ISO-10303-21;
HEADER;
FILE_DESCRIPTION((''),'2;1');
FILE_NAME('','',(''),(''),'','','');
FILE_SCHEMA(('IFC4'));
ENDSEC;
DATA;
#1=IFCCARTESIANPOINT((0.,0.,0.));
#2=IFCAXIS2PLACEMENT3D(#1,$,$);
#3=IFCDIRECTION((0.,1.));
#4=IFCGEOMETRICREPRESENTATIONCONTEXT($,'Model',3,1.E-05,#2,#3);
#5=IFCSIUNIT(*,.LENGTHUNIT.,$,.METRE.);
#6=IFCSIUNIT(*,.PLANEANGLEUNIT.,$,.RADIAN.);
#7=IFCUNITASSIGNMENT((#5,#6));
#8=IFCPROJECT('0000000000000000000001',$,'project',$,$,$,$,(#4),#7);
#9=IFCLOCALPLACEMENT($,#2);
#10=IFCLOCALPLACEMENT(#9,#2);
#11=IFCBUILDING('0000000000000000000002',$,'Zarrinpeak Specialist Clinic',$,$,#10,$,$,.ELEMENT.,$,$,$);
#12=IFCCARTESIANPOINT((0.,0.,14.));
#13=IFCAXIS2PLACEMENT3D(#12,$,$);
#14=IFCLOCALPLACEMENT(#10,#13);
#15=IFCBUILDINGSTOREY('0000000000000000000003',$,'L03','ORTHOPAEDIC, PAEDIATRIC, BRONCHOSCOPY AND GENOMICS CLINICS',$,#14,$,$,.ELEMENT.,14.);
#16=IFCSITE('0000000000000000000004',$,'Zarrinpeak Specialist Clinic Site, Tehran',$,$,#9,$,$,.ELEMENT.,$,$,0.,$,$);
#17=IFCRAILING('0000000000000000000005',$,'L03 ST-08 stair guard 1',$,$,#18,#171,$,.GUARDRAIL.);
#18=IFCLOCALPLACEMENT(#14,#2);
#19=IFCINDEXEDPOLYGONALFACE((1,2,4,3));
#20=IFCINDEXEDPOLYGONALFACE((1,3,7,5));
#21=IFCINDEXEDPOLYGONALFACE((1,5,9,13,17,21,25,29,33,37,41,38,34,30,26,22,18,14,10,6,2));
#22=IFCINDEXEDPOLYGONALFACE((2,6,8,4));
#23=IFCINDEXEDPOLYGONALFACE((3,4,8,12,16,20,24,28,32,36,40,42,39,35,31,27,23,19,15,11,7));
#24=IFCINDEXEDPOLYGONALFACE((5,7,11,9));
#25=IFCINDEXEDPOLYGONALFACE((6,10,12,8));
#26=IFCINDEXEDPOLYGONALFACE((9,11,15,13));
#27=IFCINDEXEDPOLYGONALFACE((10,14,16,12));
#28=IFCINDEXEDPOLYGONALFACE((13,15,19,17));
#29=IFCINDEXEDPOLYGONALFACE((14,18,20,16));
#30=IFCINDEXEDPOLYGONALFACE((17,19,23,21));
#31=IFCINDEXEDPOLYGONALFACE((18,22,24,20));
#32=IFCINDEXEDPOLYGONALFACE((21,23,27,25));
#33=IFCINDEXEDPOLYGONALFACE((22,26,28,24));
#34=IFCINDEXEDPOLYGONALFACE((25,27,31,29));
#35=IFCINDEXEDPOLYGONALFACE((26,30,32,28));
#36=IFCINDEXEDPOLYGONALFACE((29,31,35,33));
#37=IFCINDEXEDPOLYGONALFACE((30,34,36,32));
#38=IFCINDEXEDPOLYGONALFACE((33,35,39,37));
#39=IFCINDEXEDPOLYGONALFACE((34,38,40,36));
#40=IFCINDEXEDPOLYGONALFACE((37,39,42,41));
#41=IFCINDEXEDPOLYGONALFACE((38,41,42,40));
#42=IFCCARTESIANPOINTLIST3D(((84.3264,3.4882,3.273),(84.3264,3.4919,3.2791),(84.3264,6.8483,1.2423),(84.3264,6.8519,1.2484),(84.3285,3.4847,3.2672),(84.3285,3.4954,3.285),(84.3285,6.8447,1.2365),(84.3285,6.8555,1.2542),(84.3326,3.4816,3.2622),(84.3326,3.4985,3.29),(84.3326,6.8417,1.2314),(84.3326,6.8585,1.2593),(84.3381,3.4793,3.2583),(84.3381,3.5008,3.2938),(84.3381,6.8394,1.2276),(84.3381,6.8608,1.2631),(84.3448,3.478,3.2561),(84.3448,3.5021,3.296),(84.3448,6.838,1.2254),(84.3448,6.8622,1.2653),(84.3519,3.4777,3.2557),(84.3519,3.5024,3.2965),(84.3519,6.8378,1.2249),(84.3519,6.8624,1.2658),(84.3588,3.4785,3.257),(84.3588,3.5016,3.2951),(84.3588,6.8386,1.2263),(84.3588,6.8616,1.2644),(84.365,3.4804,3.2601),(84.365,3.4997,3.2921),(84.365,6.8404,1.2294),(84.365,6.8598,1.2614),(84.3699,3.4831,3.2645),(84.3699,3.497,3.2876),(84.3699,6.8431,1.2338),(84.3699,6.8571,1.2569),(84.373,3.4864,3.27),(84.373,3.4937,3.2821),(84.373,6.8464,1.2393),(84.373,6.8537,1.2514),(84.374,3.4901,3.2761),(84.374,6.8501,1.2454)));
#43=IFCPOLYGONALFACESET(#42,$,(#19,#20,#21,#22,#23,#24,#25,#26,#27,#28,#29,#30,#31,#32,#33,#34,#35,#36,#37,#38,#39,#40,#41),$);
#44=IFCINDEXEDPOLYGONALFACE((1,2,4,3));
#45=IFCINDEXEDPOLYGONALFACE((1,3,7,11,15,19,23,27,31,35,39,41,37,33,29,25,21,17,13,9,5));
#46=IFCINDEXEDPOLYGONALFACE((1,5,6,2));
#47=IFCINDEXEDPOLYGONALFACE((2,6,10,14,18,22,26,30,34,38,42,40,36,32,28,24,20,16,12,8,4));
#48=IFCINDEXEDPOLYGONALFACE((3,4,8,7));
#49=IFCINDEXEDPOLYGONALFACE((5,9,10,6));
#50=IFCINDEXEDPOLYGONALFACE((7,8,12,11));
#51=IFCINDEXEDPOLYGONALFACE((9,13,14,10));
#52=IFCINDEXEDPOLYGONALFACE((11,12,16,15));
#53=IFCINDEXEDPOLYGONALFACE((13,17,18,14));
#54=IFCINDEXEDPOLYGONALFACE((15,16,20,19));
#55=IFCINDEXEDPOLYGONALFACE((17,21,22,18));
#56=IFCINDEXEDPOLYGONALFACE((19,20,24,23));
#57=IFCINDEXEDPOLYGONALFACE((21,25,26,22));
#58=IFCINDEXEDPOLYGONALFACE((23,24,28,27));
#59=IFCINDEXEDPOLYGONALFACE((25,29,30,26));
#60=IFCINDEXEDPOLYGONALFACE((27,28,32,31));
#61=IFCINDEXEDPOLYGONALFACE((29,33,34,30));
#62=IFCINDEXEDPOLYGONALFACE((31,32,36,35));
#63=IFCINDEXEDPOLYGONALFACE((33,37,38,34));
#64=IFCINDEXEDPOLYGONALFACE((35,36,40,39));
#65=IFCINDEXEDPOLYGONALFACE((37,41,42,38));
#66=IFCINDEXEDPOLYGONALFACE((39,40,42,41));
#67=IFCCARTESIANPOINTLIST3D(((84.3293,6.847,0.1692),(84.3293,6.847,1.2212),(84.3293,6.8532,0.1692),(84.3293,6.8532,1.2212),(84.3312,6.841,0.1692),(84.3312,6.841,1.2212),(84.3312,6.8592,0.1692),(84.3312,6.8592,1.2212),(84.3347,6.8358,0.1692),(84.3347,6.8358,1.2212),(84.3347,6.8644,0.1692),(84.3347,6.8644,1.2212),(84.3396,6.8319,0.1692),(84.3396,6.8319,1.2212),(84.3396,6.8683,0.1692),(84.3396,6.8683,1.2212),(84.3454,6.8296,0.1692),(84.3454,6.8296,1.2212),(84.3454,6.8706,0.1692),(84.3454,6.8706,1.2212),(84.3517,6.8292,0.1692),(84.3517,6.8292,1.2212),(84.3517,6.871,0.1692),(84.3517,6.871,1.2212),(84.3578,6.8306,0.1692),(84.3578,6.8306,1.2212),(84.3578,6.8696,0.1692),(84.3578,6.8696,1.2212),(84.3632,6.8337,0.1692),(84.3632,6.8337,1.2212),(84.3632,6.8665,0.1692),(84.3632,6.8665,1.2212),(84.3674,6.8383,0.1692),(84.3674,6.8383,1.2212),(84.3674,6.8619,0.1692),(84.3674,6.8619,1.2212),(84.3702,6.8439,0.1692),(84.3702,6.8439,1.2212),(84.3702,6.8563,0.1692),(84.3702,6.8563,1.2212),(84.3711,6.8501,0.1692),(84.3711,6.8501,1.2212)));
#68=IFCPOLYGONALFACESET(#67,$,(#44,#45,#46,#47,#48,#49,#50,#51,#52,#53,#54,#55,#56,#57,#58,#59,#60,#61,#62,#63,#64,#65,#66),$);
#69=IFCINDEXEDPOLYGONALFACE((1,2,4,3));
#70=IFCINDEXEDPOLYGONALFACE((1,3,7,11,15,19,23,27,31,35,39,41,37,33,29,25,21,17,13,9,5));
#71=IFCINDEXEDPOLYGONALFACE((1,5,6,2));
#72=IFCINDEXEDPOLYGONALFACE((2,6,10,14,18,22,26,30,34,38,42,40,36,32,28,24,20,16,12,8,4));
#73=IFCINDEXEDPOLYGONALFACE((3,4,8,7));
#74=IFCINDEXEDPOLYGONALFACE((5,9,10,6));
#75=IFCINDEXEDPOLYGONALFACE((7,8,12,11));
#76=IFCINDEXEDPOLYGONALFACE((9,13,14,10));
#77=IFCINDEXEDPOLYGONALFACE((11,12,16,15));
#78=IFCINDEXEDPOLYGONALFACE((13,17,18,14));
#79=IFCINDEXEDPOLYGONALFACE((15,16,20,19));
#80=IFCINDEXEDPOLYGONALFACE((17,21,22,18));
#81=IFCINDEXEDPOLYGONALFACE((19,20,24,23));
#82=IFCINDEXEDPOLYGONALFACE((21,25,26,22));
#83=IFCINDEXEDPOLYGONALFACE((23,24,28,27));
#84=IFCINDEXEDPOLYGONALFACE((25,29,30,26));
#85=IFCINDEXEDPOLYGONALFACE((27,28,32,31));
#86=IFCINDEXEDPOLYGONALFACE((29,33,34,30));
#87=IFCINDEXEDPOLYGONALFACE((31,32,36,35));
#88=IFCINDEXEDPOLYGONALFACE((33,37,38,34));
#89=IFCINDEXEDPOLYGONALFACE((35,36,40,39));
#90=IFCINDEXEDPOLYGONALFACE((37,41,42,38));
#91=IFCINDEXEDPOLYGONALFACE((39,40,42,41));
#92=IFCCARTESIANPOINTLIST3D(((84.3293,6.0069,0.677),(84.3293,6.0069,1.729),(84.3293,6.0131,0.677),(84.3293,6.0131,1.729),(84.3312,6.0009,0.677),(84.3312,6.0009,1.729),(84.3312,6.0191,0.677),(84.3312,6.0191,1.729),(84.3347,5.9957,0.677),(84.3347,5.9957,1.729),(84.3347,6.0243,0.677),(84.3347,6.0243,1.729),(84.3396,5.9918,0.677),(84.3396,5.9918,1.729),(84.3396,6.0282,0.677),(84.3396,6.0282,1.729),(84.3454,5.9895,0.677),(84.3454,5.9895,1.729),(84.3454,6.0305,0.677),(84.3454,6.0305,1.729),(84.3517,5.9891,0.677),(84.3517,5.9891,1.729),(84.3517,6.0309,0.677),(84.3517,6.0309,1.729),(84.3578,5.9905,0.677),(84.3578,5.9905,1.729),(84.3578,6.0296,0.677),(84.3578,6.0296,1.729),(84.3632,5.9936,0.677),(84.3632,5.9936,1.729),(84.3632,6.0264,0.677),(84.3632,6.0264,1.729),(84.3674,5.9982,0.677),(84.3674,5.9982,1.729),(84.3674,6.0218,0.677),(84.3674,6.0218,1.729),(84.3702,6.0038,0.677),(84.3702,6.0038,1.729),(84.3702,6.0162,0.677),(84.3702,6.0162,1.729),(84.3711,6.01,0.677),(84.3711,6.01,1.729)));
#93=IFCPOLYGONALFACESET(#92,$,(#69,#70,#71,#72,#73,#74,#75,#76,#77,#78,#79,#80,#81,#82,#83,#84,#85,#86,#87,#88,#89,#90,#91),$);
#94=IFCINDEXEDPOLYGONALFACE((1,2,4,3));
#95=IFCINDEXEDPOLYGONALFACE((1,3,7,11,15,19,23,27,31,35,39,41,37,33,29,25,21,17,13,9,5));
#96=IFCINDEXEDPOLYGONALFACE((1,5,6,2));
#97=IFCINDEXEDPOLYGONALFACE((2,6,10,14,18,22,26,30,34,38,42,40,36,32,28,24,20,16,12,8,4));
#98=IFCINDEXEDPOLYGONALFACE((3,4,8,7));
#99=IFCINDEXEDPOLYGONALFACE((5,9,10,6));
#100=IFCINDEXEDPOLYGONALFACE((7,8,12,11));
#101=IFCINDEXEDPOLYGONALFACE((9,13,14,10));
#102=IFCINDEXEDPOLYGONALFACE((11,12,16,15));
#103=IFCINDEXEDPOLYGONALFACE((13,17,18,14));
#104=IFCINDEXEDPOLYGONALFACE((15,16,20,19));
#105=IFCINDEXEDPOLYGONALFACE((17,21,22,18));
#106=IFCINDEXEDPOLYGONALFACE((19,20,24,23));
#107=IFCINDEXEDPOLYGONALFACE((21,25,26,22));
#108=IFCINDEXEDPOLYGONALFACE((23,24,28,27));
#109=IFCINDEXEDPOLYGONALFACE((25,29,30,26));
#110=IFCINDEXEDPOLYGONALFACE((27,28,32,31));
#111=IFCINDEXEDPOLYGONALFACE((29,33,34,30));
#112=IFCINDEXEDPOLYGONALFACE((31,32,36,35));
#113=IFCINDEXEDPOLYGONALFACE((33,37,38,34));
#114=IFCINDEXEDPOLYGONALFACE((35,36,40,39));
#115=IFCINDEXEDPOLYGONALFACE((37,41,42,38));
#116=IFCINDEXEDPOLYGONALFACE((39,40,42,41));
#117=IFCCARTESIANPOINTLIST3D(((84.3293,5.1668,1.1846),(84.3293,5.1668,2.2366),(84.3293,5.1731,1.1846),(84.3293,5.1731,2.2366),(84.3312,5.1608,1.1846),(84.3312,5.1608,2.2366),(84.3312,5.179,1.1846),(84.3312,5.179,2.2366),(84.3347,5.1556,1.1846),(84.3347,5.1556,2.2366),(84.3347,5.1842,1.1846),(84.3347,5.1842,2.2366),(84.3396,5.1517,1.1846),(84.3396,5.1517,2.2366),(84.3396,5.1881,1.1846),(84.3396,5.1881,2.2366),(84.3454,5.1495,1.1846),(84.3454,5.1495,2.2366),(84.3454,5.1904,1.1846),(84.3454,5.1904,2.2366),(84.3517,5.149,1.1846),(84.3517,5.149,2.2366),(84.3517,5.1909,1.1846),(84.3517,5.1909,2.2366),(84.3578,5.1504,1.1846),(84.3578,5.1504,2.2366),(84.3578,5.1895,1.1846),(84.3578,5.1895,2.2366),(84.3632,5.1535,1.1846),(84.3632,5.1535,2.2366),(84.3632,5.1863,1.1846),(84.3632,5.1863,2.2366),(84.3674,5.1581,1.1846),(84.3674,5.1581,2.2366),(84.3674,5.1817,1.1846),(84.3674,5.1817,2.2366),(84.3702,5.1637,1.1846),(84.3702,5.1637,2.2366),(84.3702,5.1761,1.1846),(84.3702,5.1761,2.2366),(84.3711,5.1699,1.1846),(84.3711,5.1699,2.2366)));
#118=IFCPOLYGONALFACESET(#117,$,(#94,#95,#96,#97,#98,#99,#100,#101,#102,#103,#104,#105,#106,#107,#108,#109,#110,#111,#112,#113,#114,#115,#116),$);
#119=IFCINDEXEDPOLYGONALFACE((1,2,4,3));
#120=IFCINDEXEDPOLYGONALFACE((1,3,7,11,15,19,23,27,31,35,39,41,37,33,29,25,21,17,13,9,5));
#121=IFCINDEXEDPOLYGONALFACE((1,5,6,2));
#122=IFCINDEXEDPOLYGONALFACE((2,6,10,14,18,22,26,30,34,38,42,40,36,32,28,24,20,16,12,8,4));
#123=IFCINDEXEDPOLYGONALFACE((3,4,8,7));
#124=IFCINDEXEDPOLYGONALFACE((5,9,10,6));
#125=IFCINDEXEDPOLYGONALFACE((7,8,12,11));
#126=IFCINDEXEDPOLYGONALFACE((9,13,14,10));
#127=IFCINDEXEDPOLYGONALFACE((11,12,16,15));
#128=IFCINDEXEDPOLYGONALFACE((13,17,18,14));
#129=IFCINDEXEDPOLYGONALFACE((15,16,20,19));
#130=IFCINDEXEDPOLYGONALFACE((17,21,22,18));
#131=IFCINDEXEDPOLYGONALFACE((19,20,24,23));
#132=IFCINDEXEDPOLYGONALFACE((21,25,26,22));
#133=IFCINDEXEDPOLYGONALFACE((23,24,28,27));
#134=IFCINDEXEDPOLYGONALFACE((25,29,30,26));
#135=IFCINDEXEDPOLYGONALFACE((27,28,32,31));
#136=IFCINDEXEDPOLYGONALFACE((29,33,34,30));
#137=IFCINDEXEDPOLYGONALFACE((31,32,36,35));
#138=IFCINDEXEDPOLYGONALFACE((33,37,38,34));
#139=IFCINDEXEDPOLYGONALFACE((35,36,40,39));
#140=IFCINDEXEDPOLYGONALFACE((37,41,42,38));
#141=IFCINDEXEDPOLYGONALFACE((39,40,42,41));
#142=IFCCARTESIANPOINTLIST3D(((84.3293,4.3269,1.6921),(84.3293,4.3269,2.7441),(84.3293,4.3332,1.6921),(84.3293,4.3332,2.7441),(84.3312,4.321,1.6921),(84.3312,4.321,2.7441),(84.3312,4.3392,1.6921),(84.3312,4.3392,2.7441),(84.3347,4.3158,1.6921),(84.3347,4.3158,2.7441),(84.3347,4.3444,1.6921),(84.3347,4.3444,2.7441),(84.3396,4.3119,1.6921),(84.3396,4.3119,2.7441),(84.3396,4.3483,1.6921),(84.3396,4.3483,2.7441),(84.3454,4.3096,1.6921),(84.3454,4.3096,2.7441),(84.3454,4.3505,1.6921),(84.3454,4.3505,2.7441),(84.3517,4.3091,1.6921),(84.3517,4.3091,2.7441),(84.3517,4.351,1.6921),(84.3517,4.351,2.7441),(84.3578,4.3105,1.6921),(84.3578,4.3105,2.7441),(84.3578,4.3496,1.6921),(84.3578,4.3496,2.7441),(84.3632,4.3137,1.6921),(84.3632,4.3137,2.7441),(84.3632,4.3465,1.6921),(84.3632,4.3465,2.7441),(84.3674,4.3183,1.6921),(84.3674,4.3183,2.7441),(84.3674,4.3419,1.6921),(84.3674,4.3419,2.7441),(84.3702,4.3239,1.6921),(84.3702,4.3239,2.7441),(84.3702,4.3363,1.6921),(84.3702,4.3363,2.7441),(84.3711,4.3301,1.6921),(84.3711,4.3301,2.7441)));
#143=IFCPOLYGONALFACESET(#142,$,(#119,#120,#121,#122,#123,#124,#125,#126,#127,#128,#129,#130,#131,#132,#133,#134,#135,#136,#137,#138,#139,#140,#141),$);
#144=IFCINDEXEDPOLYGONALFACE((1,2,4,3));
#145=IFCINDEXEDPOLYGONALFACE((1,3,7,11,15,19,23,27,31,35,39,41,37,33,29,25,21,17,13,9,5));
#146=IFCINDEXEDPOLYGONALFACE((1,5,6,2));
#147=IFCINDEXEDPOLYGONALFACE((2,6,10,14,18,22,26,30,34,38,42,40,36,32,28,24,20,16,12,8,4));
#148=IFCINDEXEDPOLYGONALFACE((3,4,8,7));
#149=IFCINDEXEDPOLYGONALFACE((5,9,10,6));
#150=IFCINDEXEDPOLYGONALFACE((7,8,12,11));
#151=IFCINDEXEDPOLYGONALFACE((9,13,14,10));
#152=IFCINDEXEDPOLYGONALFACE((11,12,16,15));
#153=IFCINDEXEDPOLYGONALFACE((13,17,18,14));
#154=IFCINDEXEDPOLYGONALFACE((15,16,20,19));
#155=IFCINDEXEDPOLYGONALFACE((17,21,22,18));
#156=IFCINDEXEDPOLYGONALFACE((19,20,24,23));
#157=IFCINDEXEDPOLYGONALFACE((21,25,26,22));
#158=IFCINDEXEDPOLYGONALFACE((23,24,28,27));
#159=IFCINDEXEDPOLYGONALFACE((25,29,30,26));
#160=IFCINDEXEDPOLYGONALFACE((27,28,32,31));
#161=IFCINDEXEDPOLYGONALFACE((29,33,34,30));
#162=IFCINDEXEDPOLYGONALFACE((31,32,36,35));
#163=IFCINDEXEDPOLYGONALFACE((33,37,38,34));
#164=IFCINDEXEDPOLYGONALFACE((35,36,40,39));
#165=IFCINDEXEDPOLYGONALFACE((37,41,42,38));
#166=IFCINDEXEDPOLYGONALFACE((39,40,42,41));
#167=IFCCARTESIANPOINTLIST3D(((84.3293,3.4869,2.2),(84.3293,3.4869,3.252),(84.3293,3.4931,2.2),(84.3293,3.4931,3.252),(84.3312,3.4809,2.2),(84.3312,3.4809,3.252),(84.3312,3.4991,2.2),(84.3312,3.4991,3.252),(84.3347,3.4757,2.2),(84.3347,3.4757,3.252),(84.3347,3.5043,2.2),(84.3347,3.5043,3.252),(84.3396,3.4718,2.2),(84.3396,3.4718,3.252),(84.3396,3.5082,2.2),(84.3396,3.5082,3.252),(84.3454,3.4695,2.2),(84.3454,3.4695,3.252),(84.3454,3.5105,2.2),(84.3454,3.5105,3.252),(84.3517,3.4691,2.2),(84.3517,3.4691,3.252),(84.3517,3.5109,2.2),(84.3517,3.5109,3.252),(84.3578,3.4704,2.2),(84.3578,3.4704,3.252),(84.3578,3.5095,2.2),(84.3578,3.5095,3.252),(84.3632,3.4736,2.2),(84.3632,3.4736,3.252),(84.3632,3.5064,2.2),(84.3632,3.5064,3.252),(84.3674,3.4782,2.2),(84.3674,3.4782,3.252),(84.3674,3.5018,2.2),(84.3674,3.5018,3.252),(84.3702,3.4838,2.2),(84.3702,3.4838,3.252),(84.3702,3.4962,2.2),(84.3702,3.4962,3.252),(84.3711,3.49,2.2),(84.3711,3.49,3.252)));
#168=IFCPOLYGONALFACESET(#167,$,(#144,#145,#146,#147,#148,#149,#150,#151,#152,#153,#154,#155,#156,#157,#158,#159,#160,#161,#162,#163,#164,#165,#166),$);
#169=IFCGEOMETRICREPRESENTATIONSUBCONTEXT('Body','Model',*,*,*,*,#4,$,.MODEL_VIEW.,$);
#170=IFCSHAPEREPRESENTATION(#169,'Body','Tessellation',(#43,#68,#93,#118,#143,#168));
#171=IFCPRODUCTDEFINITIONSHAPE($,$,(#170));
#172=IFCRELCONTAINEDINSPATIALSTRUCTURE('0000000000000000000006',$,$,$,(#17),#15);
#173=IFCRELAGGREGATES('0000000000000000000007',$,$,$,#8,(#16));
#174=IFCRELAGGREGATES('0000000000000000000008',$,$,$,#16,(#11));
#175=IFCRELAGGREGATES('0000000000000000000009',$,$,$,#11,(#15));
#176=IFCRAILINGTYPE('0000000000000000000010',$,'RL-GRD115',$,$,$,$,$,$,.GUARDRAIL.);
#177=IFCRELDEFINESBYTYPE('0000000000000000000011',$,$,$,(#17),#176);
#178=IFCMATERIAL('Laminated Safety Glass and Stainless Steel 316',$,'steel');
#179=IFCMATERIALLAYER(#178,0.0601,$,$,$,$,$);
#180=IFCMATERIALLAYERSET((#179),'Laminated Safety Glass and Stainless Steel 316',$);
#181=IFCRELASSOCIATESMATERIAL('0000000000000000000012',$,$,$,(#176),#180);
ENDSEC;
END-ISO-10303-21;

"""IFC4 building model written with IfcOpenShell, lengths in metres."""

from ifc_helpers import new_model, si_unit, direction, frame, origin, origin_2d, place, context, subcontext, project, spatial, circle, extrude, material, layer, layer_set, type_object, element, save


model = new_model("IFC4")

# Units and contexts
model_context = context("Model", 3, precision=1e-05, world=origin(), true_north=direction((0.0, 1.0)))
body_context = subcontext(model_context, "Body", "Model", "MODEL_VIEW")
ifc_project = project(units=[si_unit("LENGTHUNIT", "METRE"), si_unit("PLANEANGLEUNIT", "RADIAN")], contexts=[model_context])

# Site, building, storey
site_placement = place(None, origin())
site = spatial("IfcSite", under=ifc_project, at=site_placement, Name="Zarrinpeak Specialist Clinic Site, Tehran", CompositionType="ELEMENT", RefElevation=0.0)
building_placement = place(site_placement, origin())
building = spatial("IfcBuilding", under=site, at=building_placement, Name="Zarrinpeak Specialist Clinic", CompositionType="ELEMENT")
storey_placement = place(building_placement, frame((0.0, 0.0, 14.0)))
storey = spatial("IfcBuildingStorey", under=building, at=storey_placement, Name="L03", Description="ORTHOPAEDIC, PAEDIATRIC, BRONCHOSCOPY AND GENOMICS CLINICS", CompositionType="ELEMENT", Elevation=14.0)

# Railing
ifc_material_1 = material(Name="Laminated Safety Glass and Stainless Steel 316", Category="steel")
ifc_layer_1 = layer(ifc_material_1, 0.0601)
ifc_layer_set_1 = layer_set([ifc_layer_1], Name="Laminated Safety Glass and Stainless Steel 316")
railing_type_1 = type_object("IfcRailingType", Name="RL-GRD115", PredefinedType="GUARDRAIL", material=ifc_layer_set_1)
railing_1_placement = place(storey_placement, frame((84.3501, 6.8501, 0.1692)))
element("IfcRailing", 1, at=railing_1_placement, inside=storey, type_object=railing_type_1, Name="L03 ST-08 stair guard 1", PredefinedType="GUARDRAIL", context=body_context, shape_type="SweptSolid", body=[
    extrude(circle(Radius=0.0239, at=origin_2d()), frame((0.0, 0.0, 1.0762), z_axis=(0.0, -0.855837, 0.517246), x_axis=(1.0, 0.0, 0.0)), (0.0, 0.0, 1.0), 3.926),
    extrude(circle(Radius=0.021, at=origin_2d()), origin(), (0.0, 0.0, 1.0), 1.052),
    extrude(circle(Radius=0.021, at=origin_2d()), frame((0.0, -0.8401, 0.5078)), (0.0, 0.0, 1.0), 1.052),
    extrude(circle(Radius=0.021, at=origin_2d()), frame((0.0, -1.6802, 1.0154)), (0.0, 0.0, 1.0), 1.052),
    extrude(circle(Radius=0.021, at=origin_2d()), frame((0.0, -2.52, 1.5229)), (0.0, 0.0, 1.0), 1.052),
    extrude(circle(Radius=0.021, at=origin_2d()), frame((0.0, -3.3601, 2.0308)), (0.0, 0.0, 1.0), 1.052),
])

save(model, "model.ifc")
